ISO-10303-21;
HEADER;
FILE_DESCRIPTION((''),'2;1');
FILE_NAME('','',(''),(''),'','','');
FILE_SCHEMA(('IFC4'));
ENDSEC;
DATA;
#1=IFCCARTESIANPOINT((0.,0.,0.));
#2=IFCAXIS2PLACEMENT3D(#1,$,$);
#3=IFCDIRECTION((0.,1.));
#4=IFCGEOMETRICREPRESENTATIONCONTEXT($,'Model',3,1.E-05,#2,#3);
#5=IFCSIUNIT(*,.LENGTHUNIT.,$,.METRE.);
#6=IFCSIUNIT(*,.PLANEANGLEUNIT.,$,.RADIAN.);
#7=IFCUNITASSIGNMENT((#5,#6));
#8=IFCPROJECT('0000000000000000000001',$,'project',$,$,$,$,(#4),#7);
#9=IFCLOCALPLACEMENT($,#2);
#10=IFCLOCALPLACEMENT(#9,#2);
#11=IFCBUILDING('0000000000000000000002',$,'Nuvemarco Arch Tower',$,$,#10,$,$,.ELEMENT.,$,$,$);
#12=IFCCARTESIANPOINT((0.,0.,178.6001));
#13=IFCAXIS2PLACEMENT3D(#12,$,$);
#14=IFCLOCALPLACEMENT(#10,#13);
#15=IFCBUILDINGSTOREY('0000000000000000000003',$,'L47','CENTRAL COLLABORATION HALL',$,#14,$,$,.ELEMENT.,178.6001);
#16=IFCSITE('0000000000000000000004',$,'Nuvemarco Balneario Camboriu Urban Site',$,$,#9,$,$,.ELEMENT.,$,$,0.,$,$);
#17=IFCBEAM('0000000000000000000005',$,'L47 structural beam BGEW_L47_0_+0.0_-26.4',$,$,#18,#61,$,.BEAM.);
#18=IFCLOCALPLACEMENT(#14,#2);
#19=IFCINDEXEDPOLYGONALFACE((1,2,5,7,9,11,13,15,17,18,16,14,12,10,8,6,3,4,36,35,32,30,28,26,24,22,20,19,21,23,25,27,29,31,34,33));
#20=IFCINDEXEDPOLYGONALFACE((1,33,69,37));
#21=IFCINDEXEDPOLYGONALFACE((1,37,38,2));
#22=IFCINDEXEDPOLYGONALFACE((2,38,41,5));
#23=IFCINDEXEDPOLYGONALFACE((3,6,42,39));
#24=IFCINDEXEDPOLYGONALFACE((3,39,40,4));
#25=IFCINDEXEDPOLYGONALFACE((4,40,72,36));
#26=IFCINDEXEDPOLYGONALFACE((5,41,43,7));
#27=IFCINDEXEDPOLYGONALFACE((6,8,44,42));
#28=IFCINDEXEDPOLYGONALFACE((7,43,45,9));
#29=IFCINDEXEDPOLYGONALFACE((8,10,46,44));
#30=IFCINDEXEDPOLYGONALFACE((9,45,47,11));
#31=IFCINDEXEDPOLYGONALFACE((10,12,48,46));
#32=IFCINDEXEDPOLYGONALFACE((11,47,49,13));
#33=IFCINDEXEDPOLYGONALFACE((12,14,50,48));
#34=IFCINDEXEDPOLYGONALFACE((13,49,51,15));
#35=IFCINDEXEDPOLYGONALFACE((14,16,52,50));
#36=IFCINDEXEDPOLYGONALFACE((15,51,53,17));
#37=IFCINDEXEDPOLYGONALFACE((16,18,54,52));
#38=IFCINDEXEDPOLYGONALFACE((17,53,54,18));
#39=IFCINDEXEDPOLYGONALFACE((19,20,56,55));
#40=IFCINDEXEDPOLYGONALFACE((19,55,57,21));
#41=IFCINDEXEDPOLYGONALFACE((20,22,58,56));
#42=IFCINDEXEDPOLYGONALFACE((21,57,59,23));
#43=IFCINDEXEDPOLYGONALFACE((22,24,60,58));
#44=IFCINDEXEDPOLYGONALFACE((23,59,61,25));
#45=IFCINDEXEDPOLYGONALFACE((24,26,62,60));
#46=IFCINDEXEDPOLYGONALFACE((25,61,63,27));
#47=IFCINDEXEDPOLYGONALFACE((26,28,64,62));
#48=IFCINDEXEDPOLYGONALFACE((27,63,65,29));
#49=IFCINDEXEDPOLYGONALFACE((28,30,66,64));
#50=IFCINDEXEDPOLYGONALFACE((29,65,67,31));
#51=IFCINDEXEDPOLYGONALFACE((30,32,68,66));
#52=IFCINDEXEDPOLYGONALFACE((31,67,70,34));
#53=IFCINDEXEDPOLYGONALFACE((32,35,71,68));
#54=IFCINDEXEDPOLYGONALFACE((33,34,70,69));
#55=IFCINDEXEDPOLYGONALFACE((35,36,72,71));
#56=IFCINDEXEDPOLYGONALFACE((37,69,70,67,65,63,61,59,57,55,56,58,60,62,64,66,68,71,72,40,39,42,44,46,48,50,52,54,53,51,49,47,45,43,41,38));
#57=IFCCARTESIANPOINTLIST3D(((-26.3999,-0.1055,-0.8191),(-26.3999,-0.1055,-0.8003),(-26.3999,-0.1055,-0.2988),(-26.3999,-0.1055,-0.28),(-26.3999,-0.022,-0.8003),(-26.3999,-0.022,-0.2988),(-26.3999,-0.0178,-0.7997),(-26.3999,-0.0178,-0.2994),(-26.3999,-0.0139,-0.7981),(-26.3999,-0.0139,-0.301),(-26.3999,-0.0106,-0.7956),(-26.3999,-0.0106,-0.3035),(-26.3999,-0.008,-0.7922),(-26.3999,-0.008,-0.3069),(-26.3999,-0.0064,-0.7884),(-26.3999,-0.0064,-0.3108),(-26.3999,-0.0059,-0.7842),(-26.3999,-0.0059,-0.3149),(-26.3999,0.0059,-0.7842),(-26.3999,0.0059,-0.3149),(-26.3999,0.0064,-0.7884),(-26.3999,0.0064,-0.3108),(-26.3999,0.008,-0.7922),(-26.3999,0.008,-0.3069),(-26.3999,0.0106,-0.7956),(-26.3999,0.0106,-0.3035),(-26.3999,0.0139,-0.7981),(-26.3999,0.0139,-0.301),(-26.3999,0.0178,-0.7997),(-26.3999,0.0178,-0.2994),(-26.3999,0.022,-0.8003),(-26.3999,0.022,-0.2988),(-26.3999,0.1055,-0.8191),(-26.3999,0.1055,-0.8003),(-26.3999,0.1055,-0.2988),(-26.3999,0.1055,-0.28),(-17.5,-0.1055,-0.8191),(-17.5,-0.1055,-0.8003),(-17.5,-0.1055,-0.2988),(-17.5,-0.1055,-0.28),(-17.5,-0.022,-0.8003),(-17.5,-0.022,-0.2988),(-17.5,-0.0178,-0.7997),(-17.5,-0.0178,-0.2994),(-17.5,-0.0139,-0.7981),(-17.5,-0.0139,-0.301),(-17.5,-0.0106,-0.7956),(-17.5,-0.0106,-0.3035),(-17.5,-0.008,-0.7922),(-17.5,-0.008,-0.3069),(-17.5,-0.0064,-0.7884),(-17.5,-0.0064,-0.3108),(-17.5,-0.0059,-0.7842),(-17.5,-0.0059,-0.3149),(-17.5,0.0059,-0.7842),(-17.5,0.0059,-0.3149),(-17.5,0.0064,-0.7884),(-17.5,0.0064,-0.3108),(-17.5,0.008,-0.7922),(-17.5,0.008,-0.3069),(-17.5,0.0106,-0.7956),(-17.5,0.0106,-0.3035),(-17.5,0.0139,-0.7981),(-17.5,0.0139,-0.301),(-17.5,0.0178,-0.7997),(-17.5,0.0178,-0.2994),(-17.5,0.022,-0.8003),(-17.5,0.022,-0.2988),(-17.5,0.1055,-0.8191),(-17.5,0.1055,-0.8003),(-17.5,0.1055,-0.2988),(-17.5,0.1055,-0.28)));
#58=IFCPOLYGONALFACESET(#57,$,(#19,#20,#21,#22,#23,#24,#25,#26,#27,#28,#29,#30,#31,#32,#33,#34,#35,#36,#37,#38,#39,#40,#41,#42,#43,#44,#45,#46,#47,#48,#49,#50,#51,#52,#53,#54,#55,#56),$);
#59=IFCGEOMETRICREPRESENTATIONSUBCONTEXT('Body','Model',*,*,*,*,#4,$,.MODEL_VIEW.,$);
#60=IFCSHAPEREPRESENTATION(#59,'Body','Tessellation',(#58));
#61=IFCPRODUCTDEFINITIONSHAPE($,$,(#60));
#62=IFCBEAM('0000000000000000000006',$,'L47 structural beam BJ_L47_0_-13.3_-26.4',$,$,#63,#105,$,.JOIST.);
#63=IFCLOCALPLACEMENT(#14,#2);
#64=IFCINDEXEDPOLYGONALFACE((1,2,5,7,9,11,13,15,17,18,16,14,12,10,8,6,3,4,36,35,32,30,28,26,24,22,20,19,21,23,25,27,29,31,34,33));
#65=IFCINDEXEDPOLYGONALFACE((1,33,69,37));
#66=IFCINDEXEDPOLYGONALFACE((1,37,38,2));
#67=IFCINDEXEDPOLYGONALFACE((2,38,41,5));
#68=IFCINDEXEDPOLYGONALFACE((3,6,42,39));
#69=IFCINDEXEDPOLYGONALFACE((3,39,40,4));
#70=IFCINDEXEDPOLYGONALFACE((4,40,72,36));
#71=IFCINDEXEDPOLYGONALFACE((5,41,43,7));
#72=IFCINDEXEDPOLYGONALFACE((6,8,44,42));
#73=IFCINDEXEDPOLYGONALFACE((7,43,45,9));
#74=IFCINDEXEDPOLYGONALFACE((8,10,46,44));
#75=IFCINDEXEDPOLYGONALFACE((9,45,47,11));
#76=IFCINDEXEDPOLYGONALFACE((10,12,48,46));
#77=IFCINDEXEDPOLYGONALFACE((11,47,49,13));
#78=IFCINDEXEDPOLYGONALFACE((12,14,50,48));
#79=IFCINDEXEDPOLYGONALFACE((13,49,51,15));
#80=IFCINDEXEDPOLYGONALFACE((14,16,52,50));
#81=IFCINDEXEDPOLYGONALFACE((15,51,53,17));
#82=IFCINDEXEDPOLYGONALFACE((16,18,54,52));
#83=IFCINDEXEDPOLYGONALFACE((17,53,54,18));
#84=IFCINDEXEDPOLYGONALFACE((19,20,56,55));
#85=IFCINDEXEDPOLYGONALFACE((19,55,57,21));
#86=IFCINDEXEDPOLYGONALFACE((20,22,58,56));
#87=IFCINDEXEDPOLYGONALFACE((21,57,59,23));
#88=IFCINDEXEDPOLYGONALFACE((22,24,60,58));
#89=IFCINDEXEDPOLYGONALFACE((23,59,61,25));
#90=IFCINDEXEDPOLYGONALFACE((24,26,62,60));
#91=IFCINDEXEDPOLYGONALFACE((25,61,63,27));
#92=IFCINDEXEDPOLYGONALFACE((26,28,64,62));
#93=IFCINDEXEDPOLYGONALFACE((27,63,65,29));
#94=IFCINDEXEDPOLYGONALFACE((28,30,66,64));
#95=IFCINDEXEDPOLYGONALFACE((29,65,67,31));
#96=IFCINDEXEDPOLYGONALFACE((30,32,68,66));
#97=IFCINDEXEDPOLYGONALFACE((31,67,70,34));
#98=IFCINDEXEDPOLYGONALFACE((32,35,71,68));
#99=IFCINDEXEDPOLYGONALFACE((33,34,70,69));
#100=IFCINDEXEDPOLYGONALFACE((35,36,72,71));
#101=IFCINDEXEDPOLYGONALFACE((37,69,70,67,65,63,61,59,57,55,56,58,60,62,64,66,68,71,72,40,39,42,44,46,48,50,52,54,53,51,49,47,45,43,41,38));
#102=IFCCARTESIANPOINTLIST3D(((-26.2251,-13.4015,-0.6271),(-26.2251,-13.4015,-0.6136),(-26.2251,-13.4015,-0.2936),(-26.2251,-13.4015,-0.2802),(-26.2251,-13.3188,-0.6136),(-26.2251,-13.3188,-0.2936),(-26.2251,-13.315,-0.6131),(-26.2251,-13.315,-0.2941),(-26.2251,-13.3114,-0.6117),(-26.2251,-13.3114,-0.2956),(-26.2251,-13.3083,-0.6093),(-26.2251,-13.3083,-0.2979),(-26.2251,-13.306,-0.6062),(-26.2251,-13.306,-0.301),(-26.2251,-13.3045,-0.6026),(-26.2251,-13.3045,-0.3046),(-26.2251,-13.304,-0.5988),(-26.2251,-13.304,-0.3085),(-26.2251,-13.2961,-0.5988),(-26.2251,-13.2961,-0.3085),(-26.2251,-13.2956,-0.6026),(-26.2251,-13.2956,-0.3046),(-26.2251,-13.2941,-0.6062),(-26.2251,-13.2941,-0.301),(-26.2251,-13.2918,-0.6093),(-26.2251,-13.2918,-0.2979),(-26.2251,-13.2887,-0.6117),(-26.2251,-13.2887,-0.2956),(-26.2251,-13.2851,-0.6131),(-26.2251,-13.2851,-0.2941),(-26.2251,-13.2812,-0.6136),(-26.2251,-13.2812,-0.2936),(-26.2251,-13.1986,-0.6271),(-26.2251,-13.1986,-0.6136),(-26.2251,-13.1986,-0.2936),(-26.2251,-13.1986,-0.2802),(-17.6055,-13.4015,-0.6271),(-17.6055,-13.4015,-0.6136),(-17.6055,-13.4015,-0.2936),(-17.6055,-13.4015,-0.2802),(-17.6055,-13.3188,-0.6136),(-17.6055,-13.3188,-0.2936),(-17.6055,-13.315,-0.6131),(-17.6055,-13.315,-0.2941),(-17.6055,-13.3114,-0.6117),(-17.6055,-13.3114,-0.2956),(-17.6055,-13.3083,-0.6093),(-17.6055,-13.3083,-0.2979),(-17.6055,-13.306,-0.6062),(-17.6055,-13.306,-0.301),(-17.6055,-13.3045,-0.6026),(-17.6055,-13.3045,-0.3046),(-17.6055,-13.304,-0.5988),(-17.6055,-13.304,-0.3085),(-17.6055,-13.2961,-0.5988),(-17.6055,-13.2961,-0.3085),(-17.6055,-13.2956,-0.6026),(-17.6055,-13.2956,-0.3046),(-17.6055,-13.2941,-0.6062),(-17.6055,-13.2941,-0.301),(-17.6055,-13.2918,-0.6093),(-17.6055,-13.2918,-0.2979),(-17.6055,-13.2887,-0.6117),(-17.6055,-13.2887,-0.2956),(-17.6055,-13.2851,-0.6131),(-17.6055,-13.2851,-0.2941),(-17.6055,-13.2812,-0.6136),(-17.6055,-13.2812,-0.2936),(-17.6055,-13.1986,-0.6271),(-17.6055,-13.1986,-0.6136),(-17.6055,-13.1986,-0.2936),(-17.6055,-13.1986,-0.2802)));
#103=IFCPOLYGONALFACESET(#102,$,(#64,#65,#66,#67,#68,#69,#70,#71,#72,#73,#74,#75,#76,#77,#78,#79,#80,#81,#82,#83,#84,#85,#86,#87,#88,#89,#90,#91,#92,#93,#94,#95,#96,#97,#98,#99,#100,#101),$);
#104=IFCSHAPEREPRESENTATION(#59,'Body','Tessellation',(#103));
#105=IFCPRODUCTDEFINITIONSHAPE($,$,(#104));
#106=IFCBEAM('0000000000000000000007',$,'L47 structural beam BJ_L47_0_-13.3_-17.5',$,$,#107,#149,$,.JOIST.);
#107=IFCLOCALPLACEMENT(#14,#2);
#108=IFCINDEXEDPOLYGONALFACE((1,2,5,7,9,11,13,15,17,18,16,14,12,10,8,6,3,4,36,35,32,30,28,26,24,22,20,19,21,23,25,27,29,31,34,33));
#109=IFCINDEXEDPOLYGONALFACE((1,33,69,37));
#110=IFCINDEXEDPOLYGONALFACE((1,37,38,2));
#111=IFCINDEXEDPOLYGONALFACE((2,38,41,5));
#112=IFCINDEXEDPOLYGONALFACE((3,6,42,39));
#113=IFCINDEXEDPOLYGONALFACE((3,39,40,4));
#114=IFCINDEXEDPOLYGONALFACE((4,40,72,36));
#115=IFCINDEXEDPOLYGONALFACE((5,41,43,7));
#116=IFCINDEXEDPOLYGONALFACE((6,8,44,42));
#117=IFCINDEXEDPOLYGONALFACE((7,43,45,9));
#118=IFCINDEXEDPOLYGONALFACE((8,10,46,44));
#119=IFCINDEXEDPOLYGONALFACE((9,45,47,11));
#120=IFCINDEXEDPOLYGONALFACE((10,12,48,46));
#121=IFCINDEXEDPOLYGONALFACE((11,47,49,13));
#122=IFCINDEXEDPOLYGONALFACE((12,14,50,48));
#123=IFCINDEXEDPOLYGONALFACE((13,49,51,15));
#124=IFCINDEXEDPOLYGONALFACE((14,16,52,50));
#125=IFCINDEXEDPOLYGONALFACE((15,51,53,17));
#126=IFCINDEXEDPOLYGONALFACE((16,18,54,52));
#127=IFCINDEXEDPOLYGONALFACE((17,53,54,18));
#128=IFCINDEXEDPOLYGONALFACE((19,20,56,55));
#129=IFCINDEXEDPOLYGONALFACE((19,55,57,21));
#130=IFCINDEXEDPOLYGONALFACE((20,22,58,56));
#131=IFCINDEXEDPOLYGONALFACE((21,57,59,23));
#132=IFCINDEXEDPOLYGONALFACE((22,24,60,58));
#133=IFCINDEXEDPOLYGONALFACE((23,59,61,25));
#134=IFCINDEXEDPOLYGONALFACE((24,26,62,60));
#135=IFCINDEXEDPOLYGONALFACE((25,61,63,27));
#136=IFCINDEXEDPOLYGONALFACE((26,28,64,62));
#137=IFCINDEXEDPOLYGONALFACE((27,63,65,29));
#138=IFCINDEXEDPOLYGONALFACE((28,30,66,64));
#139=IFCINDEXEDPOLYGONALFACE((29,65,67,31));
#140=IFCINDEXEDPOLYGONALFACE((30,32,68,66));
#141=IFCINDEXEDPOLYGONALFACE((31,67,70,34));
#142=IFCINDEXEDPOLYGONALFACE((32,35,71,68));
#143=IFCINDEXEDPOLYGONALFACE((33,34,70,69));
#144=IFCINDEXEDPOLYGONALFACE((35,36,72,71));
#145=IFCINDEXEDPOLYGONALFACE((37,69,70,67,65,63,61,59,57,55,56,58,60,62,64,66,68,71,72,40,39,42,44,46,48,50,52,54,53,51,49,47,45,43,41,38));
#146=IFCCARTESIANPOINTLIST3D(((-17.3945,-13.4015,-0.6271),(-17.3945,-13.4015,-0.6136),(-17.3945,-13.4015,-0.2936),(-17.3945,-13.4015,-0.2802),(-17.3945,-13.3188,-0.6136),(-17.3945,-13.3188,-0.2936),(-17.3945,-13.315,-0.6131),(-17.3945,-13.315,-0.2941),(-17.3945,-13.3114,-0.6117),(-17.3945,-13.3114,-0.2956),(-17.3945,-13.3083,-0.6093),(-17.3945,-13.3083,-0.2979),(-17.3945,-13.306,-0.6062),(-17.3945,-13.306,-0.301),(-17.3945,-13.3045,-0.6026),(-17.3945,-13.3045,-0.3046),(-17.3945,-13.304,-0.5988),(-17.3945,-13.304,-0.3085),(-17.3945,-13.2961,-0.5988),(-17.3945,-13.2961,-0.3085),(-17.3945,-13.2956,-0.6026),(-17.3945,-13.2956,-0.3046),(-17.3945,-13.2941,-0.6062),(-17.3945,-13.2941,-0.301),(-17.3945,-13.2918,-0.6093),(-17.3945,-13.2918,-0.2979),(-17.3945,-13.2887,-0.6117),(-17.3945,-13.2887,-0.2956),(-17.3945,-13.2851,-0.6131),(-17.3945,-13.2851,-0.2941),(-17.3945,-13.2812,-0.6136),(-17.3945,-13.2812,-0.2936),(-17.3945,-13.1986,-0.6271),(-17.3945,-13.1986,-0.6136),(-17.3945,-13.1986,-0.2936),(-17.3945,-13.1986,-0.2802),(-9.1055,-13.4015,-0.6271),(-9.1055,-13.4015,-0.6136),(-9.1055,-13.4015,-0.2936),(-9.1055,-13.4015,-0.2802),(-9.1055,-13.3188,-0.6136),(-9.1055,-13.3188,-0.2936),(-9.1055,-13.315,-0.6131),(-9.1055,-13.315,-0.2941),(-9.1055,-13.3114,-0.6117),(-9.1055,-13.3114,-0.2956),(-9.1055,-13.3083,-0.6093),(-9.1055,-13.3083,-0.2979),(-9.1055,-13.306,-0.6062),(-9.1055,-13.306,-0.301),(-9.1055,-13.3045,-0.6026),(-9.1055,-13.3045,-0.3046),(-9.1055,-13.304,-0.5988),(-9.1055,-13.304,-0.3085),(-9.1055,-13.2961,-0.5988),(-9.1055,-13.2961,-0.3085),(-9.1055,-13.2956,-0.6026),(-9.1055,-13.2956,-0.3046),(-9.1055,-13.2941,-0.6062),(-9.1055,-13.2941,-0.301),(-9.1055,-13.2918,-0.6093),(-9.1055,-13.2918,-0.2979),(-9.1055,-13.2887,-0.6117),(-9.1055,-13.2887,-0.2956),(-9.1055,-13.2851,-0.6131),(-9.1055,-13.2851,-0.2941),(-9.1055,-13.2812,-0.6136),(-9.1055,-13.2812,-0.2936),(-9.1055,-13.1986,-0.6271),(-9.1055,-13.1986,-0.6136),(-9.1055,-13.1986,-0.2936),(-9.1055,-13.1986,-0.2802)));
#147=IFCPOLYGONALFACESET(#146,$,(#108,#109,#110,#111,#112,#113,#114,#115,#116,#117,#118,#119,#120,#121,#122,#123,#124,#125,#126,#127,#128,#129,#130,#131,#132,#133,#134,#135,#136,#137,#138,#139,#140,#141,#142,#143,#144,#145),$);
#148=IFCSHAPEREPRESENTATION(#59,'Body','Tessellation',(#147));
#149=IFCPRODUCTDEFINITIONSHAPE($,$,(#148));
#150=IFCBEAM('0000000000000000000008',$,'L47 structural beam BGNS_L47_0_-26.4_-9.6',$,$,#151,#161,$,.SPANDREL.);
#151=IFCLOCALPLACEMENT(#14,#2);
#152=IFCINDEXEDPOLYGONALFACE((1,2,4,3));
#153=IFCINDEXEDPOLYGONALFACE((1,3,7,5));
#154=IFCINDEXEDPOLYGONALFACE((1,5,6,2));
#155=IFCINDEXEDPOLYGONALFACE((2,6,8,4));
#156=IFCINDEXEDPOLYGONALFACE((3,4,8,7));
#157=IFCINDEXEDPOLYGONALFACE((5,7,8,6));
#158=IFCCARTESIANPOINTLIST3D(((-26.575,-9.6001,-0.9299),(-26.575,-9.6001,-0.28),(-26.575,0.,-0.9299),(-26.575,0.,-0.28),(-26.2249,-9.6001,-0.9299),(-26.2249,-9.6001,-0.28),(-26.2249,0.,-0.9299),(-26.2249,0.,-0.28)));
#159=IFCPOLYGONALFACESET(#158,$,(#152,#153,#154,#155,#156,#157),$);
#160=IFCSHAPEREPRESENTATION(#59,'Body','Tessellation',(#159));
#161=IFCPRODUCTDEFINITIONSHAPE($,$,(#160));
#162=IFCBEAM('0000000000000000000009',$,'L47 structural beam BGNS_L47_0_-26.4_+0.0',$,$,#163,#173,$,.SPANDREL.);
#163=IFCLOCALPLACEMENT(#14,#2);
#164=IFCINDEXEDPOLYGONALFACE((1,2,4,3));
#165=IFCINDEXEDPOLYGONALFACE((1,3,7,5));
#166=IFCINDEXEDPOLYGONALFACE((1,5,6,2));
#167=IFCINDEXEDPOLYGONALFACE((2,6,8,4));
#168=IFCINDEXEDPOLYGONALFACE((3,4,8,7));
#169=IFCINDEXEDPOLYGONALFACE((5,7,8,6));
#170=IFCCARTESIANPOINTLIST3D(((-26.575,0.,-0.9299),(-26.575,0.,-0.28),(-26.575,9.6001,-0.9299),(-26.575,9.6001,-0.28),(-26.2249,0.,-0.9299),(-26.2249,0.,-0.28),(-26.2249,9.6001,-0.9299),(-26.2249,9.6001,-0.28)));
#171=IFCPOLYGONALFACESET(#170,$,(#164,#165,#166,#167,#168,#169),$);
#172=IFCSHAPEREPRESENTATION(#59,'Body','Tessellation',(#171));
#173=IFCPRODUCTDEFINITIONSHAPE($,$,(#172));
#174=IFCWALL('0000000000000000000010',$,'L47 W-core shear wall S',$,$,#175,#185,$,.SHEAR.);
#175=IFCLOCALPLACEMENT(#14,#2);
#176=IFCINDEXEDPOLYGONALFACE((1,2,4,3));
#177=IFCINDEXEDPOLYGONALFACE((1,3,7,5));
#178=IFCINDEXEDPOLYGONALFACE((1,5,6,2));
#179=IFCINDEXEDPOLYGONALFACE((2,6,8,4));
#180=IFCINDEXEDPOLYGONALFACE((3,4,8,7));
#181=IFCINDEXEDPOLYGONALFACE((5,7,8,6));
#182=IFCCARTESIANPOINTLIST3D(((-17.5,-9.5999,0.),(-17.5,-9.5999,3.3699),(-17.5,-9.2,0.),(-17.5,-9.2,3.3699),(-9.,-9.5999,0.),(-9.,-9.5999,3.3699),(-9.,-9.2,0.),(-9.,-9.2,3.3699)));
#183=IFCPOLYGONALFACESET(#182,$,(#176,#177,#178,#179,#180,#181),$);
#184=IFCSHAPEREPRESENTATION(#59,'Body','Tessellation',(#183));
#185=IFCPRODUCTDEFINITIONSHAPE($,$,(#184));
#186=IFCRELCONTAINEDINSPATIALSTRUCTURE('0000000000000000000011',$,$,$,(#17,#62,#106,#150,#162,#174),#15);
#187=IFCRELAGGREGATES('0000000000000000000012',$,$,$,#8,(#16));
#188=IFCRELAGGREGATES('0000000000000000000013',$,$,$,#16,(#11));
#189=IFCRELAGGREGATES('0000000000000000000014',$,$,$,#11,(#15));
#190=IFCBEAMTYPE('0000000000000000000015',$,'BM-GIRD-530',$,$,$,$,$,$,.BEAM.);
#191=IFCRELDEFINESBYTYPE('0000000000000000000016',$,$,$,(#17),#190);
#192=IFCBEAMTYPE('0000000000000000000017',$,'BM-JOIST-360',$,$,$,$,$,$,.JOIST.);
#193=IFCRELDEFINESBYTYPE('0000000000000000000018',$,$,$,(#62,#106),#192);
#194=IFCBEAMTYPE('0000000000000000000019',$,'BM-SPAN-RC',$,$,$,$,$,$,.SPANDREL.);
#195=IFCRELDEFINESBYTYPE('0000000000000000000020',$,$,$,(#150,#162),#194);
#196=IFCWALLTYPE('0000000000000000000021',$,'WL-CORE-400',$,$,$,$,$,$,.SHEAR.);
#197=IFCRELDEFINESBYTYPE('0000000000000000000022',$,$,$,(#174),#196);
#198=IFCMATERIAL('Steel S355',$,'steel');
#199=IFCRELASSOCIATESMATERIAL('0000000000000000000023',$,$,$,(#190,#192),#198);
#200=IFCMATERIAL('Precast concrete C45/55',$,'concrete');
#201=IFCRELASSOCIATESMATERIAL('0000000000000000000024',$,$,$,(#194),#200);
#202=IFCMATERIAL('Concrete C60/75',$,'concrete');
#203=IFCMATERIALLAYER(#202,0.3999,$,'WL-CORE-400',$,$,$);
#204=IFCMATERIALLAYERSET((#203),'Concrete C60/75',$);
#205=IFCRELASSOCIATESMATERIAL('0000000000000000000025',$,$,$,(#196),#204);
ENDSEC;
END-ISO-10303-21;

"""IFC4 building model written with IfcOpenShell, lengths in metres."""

from ifc_helpers import new_model, si_unit, direction, frame, frame_2d, origin, origin_2d, place, context, subcontext, project, spatial, rectangle, i_section, extrude, material, layer, layer_set, material_profile, profile_set, type_object, element, save


model = new_model("IFC4")

# Units and contexts
model_context = context("Model", 3, precision=1e-05, world=origin(), true_north=direction((0.0, 1.0)))
body_context = subcontext(model_context, "Body", "Model", "MODEL_VIEW")
ifc_project = project(units=[si_unit("LENGTHUNIT", "METRE"), si_unit("PLANEANGLEUNIT", "RADIAN")], contexts=[model_context])

# Site, building, storey
site_placement = place(None, origin())
site = spatial("IfcSite", under=ifc_project, at=site_placement, Name="Nuvemarco Balneario Camboriu Urban Site", CompositionType="ELEMENT", RefElevation=0.0)
building_placement = place(site_placement, origin())
building = spatial("IfcBuilding", under=site, at=building_placement, Name="Nuvemarco Arch Tower", CompositionType="ELEMENT")
storey_placement = place(building_placement, frame((0.0, 0.0, 178.6001)))
storey = spatial("IfcBuildingStorey", under=building, at=storey_placement, Name="L47", Description="CENTRAL COLLABORATION HALL", CompositionType="ELEMENT", Elevation=178.6001)

# Shared definitions
ifc_material_1 = material(Name="Steel S355", Category="steel")

# Beams
ifc_material_profile_1 = material_profile(ifc_material_1, i_section(OverallWidth=0.2109, OverallDepth=0.5391, WebThickness=0.0117, FlangeThickness=0.0188, FilletRadius=0.0161, at=origin_2d()), Name="W530x109")
ifc_profile_set_1 = profile_set([ifc_material_profile_1], Name="Steel S355")
beam_type_1 = type_object("IfcBeamType", Name="BM-GIRD-530", PredefinedType="BEAM", material=ifc_profile_set_1)
beam_1_placement = place(storey_placement, frame((-26.3999, 0.0, -0.5496), z_axis=(1.0, 0.0, 0.0), x_axis=(0.0, 1.0, 0.0)))
element("IfcBeam", 1, at=beam_1_placement, inside=storey, type_object=beam_type_1, Name="L47 structural beam BGEW_L47_0_+0.0_-26.4", PredefinedType="BEAM", context=body_context, shape_type="SweptSolid", body=[
    extrude(i_section(OverallWidth=0.2109, OverallDepth=0.5391, WebThickness=0.0117, FlangeThickness=0.0188, FilletRadius=0.0161, at=origin_2d()), origin(), (0.0, 0.0, 1.0), 8.8999),
])
ifc_material_profile_2 = material_profile(ifc_material_1, i_section(OverallWidth=0.2029, OverallDepth=0.3469, WebThickness=0.0078, FlangeThickness=0.0134, FilletRadius=0.0149, at=origin_2d()), Name="W360x64")
ifc_profile_set_2 = profile_set([ifc_material_profile_2], Name="Steel S355")
beam_type_2 = type_object("IfcBeamType", Name="BM-JOIST-360", PredefinedType="JOIST", material=ifc_profile_set_2)
beam_2_placement = place(storey_placement, frame((-26.2251, -13.3, -0.4536), z_axis=(1.0, 0.0, 0.0), x_axis=(0.0, 1.0, 0.0)))
element("IfcBeam", 2, at=beam_2_placement, inside=storey, type_object=beam_type_2, Name="L47 structural beam BJ_L47_0_-13.3_-26.4", PredefinedType="JOIST", context=body_context, shape_type="SweptSolid", body=[
    extrude(i_section(OverallWidth=0.2029, OverallDepth=0.3469, WebThickness=0.0078, FlangeThickness=0.0134, FilletRadius=0.0149, at=origin_2d()), origin(), (0.0, 0.0, 1.0), 8.6196),
])
beam_3_placement = place(storey_placement, frame((-17.3945, -13.3, -0.4536), z_axis=(1.0, 0.0, 0.0), x_axis=(0.0, 1.0, 0.0)))
element("IfcBeam", 3, at=beam_3_placement, inside=storey, type_object=beam_type_2, Name="L47 structural beam BJ_L47_0_-13.3_-17.5", PredefinedType="JOIST", context=body_context, shape_type="SweptSolid", body=[
    extrude(i_section(OverallWidth=0.2029, OverallDepth=0.3469, WebThickness=0.0078, FlangeThickness=0.0134, FilletRadius=0.0149, at=origin_2d()), origin(), (0.0, 0.0, 1.0), 8.2891),
])
ifc_material_2 = material(Name="Precast concrete C45/55", Category="concrete")
ifc_material_profile_3 = material_profile(ifc_material_2, rectangle(XDim=0.3501, YDim=0.6499, at=origin_2d()), Name="PC-SP-350x650")
ifc_profile_set_3 = profile_set([ifc_material_profile_3], Name="Precast concrete C45/55")
beam_type_3 = type_object("IfcBeamType", Name="BM-SPAN-RC", PredefinedType="SPANDREL", material=ifc_profile_set_3)
for number, where, z_axis, x_axis, name in (
    (4, (-26.3999, -9.6001, -0.605), (0.0, 1.0, 0.0), (-1.0, 0.0, 0.0), "L47 structural beam BGNS_L47_0_-26.4_-9.6"),
    (5, (-26.3999, 0.0, -0.605), (0.0, 1.0, 0.0), (-1.0, 0.0, 0.0), "L47 structural beam BGNS_L47_0_-26.4_+0.0"),
):
    element("IfcBeam", number, at=place(storey_placement, frame(where, z_axis=z_axis, x_axis=x_axis)), inside=storey, type_object=beam_type_3, Name=name, PredefinedType="SPANDREL", context=body_context, shape_type="SweptSolid", body=[
        extrude(rectangle(XDim=0.3501, YDim=0.6499, at=origin_2d()), origin(), (0.0, 0.0, 1.0), 9.6001),
    ])

# Wall
ifc_material_3 = material(Name="Concrete C60/75", Category="concrete")
ifc_layer_1 = layer(ifc_material_3, 0.3999, Name="WL-CORE-400")
ifc_layer_set_1 = layer_set([ifc_layer_1], Name="Concrete C60/75")
wall_type_1 = type_object("IfcWallType", Name="WL-CORE-400", PredefinedType="SHEAR", material=ifc_layer_set_1)
wall_1_placement = place(storey_placement, frame((-17.5, -9.3999, 0.0), z_axis=(0.0, 0.0, 1.0), x_axis=(1.0, 0.0, 0.0)))
element("IfcWall", 6, at=wall_1_placement, inside=storey, type_object=wall_type_1, Name="L47 W-core shear wall S", PredefinedType="SHEAR", context=body_context, shape_type="SweptSolid", body=[
    extrude(rectangle(XDim=8.5, YDim=0.3999, at=frame_2d((4.25, 0.0))), origin(), (0.0, 0.0, 1.0), 3.3699),
])

save(model, "model.ifc")
